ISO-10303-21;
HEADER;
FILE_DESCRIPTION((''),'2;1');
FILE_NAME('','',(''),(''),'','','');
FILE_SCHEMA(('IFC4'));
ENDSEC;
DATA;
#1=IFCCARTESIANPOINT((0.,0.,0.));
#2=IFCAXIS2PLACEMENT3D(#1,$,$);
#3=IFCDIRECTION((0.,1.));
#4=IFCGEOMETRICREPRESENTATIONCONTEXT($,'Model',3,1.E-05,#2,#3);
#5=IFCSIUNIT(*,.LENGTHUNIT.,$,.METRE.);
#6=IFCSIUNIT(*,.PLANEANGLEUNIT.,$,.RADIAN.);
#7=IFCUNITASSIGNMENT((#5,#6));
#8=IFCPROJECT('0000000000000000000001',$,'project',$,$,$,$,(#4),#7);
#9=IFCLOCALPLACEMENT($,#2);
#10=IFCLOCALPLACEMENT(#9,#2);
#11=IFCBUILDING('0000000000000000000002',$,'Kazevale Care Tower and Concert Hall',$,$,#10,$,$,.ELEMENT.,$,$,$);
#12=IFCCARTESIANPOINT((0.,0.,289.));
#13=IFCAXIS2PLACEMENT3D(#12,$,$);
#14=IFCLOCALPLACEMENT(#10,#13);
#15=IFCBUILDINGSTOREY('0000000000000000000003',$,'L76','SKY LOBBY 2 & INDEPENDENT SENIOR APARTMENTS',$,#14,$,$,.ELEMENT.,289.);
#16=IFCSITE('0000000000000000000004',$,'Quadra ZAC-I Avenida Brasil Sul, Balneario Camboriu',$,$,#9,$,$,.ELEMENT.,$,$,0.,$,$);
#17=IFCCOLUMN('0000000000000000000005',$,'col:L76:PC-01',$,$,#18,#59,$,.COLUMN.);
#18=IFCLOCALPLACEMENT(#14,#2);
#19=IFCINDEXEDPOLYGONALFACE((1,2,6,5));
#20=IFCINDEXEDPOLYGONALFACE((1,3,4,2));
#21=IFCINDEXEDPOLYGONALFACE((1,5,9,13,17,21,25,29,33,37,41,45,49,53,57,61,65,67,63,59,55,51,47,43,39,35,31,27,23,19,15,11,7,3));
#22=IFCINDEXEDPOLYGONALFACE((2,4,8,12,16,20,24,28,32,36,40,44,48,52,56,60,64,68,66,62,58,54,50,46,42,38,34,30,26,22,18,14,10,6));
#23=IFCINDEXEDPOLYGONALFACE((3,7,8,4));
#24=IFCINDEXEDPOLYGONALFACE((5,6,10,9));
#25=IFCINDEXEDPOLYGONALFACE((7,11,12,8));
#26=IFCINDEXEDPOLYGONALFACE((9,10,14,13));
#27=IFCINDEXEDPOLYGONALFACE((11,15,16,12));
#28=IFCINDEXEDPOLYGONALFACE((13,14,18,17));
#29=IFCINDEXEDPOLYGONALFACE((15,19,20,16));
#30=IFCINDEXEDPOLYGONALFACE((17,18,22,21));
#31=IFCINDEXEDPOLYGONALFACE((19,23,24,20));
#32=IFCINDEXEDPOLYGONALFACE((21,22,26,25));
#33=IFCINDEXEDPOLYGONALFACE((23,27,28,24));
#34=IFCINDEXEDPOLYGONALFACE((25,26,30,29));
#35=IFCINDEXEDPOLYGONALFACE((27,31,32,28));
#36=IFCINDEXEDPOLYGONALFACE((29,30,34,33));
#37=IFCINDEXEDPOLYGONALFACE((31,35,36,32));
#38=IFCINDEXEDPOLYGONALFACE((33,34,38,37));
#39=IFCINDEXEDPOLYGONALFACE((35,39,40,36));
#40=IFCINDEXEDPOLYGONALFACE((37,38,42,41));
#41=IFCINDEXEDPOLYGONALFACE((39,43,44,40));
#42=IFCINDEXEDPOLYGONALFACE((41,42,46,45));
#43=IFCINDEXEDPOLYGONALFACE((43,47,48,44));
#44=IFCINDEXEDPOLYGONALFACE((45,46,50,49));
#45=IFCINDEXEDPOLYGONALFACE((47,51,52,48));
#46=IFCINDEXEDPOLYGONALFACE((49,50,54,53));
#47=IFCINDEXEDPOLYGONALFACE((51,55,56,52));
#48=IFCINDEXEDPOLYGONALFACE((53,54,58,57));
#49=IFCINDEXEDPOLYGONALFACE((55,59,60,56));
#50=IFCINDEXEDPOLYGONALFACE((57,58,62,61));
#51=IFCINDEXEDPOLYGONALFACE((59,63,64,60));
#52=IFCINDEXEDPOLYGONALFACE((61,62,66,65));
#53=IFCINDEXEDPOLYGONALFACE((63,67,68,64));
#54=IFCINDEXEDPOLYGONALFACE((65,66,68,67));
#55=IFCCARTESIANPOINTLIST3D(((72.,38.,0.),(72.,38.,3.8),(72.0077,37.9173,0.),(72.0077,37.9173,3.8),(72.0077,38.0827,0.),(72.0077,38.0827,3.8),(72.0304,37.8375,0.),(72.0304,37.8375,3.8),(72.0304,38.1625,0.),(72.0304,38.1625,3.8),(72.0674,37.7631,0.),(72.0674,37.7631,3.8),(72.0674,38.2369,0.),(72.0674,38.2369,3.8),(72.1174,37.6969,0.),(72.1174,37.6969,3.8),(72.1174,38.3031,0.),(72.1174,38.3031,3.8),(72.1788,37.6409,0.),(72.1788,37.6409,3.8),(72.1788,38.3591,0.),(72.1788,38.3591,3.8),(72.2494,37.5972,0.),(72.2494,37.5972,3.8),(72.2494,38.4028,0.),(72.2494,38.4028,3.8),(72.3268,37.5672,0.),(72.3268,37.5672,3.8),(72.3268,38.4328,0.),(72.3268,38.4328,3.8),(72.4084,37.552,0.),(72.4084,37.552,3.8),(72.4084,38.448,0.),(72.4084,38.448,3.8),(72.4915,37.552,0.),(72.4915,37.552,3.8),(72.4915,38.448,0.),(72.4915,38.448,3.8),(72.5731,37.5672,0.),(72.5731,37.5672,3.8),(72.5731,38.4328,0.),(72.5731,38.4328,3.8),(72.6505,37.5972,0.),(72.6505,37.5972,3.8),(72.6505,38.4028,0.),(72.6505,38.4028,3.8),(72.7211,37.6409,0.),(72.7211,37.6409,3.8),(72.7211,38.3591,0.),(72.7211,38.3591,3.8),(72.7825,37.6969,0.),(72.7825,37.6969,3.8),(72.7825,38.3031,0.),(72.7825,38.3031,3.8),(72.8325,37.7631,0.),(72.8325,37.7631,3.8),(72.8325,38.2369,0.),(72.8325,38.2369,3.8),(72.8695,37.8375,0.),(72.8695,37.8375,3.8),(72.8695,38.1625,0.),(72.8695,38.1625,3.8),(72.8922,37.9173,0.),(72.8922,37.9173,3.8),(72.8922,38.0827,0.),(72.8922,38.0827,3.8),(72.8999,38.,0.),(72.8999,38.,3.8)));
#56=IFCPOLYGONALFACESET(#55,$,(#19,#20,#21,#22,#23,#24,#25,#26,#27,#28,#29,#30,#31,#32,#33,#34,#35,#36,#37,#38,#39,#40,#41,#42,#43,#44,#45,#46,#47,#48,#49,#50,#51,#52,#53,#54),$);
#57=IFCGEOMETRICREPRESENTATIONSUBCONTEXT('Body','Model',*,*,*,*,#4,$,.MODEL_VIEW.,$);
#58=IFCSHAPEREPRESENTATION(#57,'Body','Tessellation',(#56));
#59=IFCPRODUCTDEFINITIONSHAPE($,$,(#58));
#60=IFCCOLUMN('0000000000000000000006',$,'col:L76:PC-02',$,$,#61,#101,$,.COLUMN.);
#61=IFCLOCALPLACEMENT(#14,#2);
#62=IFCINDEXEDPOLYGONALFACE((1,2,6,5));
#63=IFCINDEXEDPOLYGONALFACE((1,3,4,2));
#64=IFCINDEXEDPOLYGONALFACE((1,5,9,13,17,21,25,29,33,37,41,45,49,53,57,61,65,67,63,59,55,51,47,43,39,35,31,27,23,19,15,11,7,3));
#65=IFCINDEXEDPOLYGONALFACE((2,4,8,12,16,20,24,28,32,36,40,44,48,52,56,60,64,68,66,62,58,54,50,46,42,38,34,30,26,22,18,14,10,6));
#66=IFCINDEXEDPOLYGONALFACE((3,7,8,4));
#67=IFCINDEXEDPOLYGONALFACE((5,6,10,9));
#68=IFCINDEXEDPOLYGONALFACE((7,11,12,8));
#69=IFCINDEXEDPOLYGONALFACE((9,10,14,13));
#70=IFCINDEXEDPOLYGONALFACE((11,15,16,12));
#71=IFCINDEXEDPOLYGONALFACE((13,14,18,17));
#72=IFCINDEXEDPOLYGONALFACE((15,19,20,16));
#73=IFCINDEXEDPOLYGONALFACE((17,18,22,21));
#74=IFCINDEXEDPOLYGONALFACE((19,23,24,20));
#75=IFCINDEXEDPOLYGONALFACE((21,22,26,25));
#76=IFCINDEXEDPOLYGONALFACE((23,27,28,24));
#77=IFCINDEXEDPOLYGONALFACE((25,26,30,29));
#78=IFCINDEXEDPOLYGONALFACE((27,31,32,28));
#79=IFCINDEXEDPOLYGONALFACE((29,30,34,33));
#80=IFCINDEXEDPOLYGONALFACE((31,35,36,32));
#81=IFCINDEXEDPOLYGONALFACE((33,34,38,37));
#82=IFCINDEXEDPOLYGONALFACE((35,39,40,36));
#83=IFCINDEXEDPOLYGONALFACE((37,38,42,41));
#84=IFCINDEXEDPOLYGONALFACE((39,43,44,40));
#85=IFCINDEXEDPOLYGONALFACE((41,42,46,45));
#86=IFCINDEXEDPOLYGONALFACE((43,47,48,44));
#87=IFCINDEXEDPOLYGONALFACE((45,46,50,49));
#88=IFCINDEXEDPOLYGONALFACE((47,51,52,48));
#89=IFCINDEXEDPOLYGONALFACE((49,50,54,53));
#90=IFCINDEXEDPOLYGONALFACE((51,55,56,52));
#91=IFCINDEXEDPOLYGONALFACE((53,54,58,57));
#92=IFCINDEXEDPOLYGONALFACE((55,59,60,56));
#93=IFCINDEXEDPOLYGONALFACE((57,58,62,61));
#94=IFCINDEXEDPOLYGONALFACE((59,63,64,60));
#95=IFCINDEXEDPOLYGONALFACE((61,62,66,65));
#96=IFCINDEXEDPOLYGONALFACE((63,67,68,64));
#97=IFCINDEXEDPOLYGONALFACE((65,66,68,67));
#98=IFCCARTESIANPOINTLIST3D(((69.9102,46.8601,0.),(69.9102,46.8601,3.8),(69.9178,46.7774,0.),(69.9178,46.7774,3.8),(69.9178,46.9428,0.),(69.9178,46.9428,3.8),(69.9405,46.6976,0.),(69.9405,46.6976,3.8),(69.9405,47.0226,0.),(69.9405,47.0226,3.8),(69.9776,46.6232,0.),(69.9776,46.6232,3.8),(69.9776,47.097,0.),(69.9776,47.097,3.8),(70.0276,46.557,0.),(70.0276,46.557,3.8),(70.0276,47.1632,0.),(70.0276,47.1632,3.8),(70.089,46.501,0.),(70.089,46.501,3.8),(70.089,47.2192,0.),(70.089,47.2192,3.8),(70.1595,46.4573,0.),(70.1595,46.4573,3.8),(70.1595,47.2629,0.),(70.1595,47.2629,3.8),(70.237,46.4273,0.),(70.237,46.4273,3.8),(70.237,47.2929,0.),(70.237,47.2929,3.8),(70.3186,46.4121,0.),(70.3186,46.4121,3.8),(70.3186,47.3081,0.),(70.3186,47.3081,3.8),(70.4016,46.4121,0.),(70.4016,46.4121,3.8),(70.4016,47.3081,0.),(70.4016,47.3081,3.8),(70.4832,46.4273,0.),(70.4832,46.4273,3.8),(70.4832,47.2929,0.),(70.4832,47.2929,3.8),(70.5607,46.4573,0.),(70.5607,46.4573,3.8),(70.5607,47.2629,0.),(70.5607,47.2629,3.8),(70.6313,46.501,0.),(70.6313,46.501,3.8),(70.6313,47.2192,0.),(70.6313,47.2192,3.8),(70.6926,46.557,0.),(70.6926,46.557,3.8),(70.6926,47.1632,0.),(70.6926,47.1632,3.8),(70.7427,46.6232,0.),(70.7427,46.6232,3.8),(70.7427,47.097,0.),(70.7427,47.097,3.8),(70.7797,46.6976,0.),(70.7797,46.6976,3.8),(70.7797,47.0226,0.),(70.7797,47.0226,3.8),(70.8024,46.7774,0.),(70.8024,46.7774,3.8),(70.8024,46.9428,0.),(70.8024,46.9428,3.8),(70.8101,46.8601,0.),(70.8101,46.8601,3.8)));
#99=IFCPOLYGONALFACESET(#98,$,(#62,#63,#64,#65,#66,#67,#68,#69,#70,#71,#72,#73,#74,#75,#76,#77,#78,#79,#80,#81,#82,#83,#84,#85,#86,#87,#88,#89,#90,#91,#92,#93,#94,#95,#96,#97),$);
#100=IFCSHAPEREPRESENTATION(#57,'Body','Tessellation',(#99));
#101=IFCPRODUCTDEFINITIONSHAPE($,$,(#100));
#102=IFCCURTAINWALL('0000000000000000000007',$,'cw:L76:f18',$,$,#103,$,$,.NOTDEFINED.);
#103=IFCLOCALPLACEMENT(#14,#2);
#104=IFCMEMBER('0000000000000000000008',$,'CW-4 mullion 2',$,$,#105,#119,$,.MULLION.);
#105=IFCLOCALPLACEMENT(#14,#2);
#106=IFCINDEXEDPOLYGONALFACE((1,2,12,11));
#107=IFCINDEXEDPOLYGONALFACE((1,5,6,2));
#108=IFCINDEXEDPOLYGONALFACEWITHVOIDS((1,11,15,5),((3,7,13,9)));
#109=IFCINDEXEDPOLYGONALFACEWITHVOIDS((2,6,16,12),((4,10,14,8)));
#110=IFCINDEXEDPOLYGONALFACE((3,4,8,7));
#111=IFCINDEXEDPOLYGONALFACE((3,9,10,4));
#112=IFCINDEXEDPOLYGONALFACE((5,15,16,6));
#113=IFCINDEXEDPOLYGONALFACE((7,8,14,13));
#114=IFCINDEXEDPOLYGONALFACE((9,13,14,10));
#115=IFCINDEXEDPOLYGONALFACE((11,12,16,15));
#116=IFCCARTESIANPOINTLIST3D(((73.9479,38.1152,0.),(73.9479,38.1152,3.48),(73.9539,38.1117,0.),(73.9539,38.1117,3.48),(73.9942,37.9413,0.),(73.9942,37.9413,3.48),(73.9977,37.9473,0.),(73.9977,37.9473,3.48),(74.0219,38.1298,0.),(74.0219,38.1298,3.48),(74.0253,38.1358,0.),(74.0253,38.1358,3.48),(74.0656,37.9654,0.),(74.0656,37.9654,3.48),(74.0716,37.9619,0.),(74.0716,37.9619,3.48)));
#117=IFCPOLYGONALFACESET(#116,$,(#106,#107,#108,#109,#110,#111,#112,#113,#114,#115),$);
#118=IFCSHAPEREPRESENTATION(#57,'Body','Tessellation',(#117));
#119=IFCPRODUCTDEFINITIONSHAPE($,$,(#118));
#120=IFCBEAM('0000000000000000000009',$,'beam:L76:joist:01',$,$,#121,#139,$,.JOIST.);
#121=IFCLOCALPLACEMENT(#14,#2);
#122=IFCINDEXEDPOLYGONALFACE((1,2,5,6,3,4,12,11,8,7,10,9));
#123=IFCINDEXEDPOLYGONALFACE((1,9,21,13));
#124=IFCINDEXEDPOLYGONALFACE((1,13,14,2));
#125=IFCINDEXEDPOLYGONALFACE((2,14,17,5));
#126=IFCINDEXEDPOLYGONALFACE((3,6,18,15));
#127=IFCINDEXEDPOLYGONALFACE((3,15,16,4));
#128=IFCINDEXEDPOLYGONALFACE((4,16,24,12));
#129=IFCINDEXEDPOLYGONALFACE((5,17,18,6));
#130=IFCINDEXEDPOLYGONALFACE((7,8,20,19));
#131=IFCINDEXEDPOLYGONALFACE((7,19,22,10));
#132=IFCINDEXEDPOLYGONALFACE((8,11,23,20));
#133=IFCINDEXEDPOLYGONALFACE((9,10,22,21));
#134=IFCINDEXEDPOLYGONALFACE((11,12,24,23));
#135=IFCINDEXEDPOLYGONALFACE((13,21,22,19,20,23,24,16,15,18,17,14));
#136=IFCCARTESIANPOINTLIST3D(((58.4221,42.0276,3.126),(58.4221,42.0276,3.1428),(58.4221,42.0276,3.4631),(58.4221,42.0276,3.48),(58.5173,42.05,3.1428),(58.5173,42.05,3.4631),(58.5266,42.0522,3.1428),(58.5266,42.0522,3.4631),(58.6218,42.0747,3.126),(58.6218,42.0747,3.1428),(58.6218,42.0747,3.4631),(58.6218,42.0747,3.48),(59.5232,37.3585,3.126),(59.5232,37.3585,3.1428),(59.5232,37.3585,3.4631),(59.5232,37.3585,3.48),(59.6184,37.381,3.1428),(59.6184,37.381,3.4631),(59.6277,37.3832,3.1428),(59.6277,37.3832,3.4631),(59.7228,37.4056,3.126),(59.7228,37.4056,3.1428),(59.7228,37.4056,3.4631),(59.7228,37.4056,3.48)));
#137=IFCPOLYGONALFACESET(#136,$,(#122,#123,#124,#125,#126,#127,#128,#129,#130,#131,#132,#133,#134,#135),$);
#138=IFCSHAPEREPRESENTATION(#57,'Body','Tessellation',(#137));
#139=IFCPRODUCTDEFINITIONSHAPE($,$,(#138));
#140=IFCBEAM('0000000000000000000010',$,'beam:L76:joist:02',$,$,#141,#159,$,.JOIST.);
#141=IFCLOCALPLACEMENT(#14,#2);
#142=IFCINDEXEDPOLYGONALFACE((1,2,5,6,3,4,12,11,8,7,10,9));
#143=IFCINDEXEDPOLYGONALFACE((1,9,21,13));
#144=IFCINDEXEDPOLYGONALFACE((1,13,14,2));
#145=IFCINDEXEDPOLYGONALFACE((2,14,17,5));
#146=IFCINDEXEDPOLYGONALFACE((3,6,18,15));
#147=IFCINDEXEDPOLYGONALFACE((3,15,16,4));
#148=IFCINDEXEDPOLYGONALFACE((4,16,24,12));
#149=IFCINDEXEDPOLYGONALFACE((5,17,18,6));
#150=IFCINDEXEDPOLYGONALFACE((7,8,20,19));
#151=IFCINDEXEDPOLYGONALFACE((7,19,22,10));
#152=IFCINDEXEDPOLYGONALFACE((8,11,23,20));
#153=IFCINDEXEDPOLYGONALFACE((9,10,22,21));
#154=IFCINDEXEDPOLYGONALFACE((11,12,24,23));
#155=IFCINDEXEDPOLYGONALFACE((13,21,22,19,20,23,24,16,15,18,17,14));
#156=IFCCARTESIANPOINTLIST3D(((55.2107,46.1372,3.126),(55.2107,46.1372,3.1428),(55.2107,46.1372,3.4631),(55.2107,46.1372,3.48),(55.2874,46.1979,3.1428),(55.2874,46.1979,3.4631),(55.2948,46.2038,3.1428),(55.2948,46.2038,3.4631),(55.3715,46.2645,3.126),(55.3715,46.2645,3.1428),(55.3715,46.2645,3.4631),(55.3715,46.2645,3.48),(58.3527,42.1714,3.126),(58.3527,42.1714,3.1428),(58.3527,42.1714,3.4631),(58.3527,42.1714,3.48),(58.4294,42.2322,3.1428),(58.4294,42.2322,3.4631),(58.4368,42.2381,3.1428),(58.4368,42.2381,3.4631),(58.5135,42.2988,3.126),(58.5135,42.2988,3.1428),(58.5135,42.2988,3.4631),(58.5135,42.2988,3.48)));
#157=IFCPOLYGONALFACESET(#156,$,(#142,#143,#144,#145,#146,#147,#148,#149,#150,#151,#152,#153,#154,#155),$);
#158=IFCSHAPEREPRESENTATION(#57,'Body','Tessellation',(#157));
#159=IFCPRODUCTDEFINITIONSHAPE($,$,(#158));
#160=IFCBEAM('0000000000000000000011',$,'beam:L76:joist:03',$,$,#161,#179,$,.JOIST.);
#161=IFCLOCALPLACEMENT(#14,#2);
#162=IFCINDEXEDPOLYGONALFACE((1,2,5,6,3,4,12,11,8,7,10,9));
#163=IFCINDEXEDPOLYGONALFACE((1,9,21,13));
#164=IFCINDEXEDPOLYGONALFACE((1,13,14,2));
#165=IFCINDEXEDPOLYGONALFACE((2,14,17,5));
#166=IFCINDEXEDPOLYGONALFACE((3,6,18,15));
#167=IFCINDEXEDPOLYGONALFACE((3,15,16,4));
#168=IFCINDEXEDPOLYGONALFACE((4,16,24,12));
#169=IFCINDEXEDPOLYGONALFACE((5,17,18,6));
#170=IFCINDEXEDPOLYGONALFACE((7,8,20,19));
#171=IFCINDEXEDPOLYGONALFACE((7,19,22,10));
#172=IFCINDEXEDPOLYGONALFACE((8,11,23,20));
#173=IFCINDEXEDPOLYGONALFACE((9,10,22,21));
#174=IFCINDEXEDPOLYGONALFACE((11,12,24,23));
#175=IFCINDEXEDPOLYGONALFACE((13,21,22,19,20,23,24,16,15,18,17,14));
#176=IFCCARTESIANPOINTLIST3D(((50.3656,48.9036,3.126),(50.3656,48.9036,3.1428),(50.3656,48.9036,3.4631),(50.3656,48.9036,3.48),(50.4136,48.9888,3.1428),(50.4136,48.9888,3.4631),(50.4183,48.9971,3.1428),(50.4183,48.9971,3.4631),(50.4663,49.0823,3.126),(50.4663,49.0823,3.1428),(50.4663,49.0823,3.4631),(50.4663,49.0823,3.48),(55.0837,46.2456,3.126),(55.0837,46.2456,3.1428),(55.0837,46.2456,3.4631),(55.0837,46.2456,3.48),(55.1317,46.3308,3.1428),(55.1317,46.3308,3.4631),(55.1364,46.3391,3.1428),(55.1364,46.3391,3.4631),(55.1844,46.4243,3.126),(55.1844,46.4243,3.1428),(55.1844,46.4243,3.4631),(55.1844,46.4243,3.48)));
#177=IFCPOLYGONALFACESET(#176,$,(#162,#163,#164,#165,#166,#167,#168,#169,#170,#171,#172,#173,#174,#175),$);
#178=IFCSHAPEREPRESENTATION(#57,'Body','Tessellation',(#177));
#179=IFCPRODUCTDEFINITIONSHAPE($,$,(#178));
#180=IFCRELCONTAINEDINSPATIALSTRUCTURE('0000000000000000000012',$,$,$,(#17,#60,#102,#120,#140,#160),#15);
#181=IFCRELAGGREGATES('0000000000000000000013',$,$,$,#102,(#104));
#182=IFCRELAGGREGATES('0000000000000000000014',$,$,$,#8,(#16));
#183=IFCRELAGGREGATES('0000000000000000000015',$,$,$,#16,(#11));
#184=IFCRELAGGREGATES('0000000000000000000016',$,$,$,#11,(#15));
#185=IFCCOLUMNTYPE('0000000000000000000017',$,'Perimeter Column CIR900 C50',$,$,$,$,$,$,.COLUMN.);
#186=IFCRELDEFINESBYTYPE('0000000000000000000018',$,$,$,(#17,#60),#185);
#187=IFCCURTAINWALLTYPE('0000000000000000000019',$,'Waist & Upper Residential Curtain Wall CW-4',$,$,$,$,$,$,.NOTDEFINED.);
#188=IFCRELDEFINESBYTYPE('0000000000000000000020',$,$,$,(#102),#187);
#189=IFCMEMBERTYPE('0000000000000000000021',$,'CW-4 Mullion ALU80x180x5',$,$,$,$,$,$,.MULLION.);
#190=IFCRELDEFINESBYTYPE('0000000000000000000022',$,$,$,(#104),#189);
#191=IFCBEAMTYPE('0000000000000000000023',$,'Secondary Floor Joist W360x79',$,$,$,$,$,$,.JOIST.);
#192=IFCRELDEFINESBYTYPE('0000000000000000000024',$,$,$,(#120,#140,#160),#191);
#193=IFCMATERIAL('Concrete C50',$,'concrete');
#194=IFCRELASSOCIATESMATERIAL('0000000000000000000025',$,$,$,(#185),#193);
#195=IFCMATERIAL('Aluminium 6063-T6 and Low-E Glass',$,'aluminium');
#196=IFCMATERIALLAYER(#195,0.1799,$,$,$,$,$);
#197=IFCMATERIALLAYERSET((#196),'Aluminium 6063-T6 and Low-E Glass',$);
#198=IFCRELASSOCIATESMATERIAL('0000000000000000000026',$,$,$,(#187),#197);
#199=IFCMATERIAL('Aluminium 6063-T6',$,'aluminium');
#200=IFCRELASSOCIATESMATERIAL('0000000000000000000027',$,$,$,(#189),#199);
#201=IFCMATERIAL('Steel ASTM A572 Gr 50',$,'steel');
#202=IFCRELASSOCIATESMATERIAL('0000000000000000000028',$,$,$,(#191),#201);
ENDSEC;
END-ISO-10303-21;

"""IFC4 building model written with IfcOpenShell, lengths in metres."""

from ifc_helpers import new_model, si_unit, direction, frame, origin, origin_2d, place, context, subcontext, project, spatial, hollow_rectangle, circle, i_section, extrude, material, layer, layer_set, material_profile, profile_set, type_object, element, aggregate, save


model = new_model("IFC4")

# Units and contexts
model_context = context("Model", 3, precision=1e-05, world=origin(), true_north=direction((0.0, 1.0)))
body_context = subcontext(model_context, "Body", "Model", "MODEL_VIEW")
ifc_project = project(units=[si_unit("LENGTHUNIT", "METRE"), si_unit("PLANEANGLEUNIT", "RADIAN")], contexts=[model_context])

# Site, building, storey
site_placement = place(None, origin())
site = spatial("IfcSite", under=ifc_project, at=site_placement, Name="Quadra ZAC-I Avenida Brasil Sul, Balneario Camboriu", CompositionType="ELEMENT", RefElevation=0.0)
building_placement = place(site_placement, origin())
building = spatial("IfcBuilding", under=site, at=building_placement, Name="Kazevale Care Tower and Concert Hall", CompositionType="ELEMENT")
storey_placement = place(building_placement, frame((0.0, 0.0, 289.0)))
storey = spatial("IfcBuildingStorey", under=building, at=storey_placement, Name="L76", Description="SKY LOBBY 2 & INDEPENDENT SENIOR APARTMENTS", CompositionType="ELEMENT", Elevation=289.0)

# Columns
ifc_material_1 = material(Name="Concrete C50", Category="concrete")
ifc_material_profile_1 = material_profile(ifc_material_1, circle(Radius=0.45, at=origin_2d()), Name="RC-CIR900")
ifc_profile_set_1 = profile_set([ifc_material_profile_1], Name="Concrete C50")
column_type = type_object("IfcColumnType", Name="Perimeter Column CIR900 C50", PredefinedType="COLUMN", material=ifc_profile_set_1)
for number, where, z_axis, x_axis, name in (
    (1, (72.45, 38.0, 0.0), (0.0, 0.0, 1.0), (1.0, 0.0, 0.0), "col:L76:PC-01"),
    (2, (70.3601, 46.8601, 0.0), (0.0, 0.0, 1.0), (1.0, 0.0, 0.0), "col:L76:PC-02"),
):
    element("IfcColumn", number, at=place(storey_placement, frame(where, z_axis=z_axis, x_axis=x_axis)), inside=storey, type_object=column_type, Name=name, PredefinedType="COLUMN", context=body_context, shape_type="SweptSolid", body=[
        extrude(circle(Radius=0.45, at=origin_2d()), origin(), (0.0, 0.0, 1.0), 3.8),
    ])

# Curtain wall, member
ifc_material_2 = material(Name="Aluminium 6063-T6 and Low-E Glass", Category="aluminium")
ifc_layer_1 = layer(ifc_material_2, 0.1799)
ifc_layer_set_1 = layer_set([ifc_layer_1], Name="Aluminium 6063-T6 and Low-E Glass")
curtain_wall_type = type_object("IfcCurtainWallType", Name="Waist & Upper Residential Curtain Wall CW-4", PredefinedType="NOTDEFINED", material=ifc_layer_set_1)
curtain_wall_placement = place(storey_placement, origin())
curtain_wall = element("IfcCurtainWall", 3, at=curtain_wall_placement, inside=storey, type_object=curtain_wall_type, Name="cw:L76:f18", PredefinedType="NOTDEFINED")
ifc_material_3 = material(Name="Aluminium 6063-T6", Category="aluminium")
ifc_material_profile_2 = material_profile(ifc_material_3, hollow_rectangle(XDim=0.0801, YDim=0.1799, WallThickness=0.0049, at=origin_2d()), Name="ALU80x180x5")
ifc_profile_set_2 = profile_set([ifc_material_profile_2], Name="Aluminium 6063-T6")
member_type = type_object("IfcMemberType", Name="CW-4 Mullion ALU80x180x5", PredefinedType="MULLION", material=ifc_profile_set_2)
member_placement = place(storey_placement, frame((74.0098, 38.0386, 0.0), z_axis=(0.0, 0.0, 1.0), x_axis=(0.966345, 0.257251, 0.0)))
member = element("IfcMember", 4, at=member_placement, type_object=member_type, Name="CW-4 mullion 2", PredefinedType="MULLION", context=body_context, shape_type="SweptSolid", body=[
    extrude(hollow_rectangle(XDim=0.0801, YDim=0.1799, WallThickness=0.0049, at=origin_2d()), origin(), (0.0, 0.0, 1.0), 3.48),
])

# Beams
ifc_material_4 = material(Name="Steel ASTM A572 Gr 50", Category="steel")
ifc_material_profile_3 = material_profile(ifc_material_4, i_section(OverallWidth=0.2051, OverallDepth=0.354, WebThickness=0.0095, FlangeThickness=0.0168, at=origin_2d()), Name="W360x79")
ifc_profile_set_3 = profile_set([ifc_material_profile_3], Name="Steel ASTM A572 Gr 50")
beam_type_1 = type_object("IfcBeamType", Name="Secondary Floor Joist W360x79", PredefinedType="JOIST", material=ifc_profile_set_3)
beam_1_placement = place(storey_placement, frame((59.623, 37.3821, 3.303), z_axis=(-0.229533, 0.973301, 0.0), x_axis=(-0.973301, -0.229533, 0.0)))
element("IfcBeam", 5, at=beam_1_placement, inside=storey, type_object=beam_type_1, Name="beam:L76:joist:01", PredefinedType="JOIST", context=body_context, shape_type="SweptSolid", body=[
    extrude(i_section(OverallWidth=0.2051, OverallDepth=0.354, WebThickness=0.0095, FlangeThickness=0.0168, at=origin_2d()), origin(), (0.0, 0.0, 1.0), 4.7971),
])
beam_2_placement = place(storey_placement, frame((58.4331, 42.2351, 3.303), z_axis=(-0.621004, 0.783807, 0.0), x_axis=(-0.783807, -0.621004, 0.0)))
element("IfcBeam", 6, at=beam_2_placement, inside=storey, type_object=beam_type_1, Name="beam:L76:joist:02", PredefinedType="JOIST", context=body_context, shape_type="SweptSolid", body=[
    extrude(i_section(OverallWidth=0.2051, OverallDepth=0.354, WebThickness=0.0095, FlangeThickness=0.0168, at=origin_2d()), origin(), (0.0, 0.0, 1.0), 5.0596),
])
beam_3_placement = place(storey_placement, frame((55.134, 46.335, 3.303), z_axis=(-0.871254, 0.490833, 0.0), x_axis=(-0.490833, -0.871254, 0.0)))
element("IfcBeam", 7, at=beam_3_placement, inside=storey, type_object=beam_type_1, Name="beam:L76:joist:03", PredefinedType="JOIST", context=body_context, shape_type="SweptSolid", body=[
    extrude(i_section(OverallWidth=0.2051, OverallDepth=0.354, WebThickness=0.0095, FlangeThickness=0.0168, at=origin_2d()), origin(), (0.0, 0.0, 1.0), 5.4153),
])

aggregate(curtain_wall, [member])

save(model, "model.ifc")
